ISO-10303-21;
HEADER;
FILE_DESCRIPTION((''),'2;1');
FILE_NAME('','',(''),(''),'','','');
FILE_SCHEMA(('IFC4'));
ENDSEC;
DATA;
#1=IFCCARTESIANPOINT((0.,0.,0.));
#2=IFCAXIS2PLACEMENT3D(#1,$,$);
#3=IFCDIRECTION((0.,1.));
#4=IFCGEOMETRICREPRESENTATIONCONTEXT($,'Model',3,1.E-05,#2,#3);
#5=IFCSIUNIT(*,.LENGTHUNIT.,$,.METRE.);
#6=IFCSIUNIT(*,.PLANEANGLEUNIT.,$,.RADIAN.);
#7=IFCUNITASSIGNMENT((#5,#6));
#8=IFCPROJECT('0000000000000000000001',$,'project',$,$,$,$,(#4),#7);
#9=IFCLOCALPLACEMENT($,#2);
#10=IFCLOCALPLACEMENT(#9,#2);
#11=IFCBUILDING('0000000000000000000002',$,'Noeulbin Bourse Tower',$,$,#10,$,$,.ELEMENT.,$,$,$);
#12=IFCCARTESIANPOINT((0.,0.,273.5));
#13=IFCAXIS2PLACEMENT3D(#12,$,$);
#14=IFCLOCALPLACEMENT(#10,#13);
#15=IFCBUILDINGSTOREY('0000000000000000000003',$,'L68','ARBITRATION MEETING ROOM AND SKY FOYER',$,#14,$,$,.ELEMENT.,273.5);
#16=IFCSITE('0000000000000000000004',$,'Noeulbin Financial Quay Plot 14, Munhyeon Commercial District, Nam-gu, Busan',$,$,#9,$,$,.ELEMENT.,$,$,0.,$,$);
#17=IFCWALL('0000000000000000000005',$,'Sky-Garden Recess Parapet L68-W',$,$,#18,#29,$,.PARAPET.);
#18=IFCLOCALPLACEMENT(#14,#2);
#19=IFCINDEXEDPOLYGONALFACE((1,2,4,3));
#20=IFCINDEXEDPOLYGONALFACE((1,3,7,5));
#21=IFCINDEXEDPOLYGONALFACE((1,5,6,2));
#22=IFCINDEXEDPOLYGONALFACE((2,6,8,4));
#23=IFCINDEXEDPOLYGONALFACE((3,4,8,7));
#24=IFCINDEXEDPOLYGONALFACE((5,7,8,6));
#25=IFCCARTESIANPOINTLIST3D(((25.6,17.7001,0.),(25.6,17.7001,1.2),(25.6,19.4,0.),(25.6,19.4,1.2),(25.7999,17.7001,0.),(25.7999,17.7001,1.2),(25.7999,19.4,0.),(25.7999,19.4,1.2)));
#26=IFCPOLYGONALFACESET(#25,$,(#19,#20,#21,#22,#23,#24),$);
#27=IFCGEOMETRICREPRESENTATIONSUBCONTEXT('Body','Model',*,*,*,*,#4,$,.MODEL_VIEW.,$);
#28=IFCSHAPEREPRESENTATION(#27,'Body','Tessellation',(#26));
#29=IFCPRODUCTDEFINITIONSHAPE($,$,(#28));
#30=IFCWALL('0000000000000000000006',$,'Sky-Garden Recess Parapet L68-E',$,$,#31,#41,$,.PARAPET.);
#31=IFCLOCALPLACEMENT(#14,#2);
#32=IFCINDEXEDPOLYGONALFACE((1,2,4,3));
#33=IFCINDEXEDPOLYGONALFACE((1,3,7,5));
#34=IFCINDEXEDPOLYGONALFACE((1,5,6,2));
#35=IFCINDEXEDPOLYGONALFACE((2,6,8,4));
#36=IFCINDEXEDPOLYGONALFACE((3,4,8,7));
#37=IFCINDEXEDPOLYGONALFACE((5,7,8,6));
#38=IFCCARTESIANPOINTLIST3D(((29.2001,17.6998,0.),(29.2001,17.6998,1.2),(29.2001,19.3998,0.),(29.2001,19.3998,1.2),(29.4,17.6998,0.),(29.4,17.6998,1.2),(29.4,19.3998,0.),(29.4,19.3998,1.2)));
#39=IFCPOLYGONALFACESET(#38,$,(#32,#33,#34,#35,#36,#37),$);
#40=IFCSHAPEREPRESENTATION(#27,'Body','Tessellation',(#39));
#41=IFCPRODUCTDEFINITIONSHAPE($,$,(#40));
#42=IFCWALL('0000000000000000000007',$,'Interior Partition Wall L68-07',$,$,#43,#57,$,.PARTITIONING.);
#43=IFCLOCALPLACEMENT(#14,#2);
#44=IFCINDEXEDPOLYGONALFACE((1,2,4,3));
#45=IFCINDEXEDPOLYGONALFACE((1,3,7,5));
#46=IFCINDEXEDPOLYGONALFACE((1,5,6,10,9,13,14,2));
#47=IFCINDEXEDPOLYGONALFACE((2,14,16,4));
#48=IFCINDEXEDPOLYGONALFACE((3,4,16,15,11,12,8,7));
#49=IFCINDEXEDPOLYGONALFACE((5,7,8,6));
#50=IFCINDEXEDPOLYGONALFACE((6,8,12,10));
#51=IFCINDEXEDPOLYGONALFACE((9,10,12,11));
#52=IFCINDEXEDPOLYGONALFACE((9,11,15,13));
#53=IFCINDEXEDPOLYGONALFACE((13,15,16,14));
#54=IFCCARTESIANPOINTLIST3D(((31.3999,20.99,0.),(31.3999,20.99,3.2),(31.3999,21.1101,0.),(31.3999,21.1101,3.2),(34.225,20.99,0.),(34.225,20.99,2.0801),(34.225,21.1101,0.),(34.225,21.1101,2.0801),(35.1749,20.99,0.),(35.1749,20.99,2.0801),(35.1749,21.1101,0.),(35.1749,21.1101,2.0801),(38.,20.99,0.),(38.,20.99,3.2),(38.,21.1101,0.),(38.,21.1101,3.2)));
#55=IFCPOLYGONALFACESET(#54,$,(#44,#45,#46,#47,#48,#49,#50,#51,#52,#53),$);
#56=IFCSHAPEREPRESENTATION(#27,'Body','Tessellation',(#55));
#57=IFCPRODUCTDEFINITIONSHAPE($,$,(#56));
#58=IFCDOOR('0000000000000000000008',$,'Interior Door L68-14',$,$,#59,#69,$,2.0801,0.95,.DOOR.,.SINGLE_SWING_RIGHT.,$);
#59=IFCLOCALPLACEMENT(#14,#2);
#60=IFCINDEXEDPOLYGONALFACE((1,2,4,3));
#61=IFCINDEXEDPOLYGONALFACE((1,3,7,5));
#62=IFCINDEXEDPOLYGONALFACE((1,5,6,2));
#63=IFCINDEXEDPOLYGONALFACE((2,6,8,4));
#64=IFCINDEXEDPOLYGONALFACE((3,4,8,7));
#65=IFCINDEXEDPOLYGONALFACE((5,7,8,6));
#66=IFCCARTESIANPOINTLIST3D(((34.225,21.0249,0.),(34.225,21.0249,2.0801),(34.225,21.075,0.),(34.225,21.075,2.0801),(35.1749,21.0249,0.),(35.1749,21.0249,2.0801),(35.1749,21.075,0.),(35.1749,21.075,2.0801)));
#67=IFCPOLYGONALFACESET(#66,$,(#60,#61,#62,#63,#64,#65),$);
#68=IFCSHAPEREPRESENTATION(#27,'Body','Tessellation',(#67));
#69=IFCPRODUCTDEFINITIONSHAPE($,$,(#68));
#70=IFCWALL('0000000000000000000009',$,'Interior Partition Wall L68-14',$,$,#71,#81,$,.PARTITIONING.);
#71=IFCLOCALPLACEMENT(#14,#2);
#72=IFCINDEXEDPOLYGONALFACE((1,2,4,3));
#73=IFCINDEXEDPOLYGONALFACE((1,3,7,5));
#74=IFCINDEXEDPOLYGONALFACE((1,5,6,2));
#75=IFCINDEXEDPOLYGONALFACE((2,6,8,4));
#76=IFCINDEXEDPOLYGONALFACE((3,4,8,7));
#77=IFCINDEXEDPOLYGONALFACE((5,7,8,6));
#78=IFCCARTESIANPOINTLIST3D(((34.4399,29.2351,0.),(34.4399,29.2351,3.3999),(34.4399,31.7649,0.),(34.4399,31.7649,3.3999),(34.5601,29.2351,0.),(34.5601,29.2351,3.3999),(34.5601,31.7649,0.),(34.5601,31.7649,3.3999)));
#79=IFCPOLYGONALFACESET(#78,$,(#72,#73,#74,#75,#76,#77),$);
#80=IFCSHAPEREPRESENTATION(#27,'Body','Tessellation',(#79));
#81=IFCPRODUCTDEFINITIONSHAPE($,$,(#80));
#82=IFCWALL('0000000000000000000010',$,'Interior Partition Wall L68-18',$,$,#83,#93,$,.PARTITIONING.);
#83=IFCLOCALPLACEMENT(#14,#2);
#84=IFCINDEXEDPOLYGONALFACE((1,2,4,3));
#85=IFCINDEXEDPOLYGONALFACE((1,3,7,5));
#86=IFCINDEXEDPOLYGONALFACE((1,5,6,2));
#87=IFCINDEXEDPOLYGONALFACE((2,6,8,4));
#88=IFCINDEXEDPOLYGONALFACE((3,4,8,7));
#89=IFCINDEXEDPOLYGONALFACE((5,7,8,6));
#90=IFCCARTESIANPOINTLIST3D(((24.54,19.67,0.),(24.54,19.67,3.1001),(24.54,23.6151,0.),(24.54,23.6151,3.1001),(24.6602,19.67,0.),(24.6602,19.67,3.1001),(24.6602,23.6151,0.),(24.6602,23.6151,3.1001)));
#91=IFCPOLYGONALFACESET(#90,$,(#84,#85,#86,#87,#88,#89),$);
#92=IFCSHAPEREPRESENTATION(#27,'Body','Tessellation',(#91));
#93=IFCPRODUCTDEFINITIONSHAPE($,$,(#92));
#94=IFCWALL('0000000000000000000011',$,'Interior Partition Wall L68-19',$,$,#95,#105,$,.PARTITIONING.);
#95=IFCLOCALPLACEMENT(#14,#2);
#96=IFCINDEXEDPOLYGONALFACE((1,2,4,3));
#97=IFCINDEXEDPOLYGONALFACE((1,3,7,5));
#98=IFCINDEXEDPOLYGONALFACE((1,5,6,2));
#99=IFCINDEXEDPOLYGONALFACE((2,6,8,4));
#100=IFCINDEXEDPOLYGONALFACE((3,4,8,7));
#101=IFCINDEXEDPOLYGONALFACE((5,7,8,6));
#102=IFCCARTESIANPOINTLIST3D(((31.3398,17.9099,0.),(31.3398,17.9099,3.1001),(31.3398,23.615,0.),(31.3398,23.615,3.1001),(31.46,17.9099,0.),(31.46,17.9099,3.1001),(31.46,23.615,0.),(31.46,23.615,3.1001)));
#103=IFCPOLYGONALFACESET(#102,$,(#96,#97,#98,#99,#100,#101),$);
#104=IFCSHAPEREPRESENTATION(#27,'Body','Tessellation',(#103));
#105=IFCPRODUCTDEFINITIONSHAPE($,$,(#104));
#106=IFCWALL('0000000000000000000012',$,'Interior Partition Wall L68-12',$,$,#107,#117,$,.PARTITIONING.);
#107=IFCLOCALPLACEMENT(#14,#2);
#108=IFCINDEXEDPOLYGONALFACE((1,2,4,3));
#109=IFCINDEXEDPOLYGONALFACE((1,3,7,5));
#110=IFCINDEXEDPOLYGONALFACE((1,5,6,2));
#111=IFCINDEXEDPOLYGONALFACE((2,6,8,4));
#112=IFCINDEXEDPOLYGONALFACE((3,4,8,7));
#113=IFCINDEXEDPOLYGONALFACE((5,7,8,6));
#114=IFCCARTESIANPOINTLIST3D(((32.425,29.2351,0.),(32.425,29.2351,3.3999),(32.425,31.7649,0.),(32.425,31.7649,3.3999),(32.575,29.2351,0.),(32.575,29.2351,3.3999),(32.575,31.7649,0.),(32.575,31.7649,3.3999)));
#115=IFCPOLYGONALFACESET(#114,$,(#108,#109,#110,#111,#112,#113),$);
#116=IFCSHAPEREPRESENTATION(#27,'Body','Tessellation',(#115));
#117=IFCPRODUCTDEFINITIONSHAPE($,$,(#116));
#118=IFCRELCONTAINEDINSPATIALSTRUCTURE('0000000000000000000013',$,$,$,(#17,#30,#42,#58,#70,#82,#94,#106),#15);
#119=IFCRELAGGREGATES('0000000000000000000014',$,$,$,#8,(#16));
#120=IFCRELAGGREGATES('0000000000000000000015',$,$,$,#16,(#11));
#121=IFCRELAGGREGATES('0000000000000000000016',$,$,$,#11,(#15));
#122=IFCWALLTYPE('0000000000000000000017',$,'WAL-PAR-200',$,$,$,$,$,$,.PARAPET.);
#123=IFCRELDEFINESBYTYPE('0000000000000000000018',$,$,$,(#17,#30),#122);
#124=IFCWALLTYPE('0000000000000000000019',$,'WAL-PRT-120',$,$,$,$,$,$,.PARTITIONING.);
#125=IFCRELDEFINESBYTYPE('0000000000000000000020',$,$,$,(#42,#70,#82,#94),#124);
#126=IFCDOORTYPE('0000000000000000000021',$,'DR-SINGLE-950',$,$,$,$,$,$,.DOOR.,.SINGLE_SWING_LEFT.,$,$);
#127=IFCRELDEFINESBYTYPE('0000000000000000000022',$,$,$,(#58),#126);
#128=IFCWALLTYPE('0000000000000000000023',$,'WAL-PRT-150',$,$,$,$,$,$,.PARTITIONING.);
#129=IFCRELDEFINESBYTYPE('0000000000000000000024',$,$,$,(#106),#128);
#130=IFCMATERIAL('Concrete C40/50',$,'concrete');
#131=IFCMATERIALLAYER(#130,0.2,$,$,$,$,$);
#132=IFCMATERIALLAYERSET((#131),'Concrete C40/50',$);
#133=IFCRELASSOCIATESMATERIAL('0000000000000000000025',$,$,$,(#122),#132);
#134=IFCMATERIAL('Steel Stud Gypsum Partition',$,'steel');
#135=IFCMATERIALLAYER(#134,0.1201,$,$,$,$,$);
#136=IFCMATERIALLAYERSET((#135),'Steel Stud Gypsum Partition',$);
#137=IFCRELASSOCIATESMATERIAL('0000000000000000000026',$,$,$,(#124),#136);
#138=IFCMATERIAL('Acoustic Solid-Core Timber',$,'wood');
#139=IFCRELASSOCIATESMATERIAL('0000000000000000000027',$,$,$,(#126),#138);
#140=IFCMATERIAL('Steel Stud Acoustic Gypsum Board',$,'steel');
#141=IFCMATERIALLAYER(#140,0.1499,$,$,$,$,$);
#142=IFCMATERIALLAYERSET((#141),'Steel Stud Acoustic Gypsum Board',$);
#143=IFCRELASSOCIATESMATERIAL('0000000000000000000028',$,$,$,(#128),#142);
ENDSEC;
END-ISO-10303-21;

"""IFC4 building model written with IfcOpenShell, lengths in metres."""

from ifc_helpers import new_model, si_unit, direction, frame, frame_2d, origin, place, context, subcontext, project, spatial, rectangle, extrude, material, layer, layer_set, type_object, element, fill, save


model = new_model("IFC4")

# Units and contexts
model_context = context("Model", 3, precision=1e-05, world=origin(), true_north=direction((0.0, 1.0)))
body_context = subcontext(model_context, "Body", "Model", "MODEL_VIEW")
ifc_project = project(units=[si_unit("LENGTHUNIT", "METRE"), si_unit("PLANEANGLEUNIT", "RADIAN")], contexts=[model_context])

# Site, building, storey
site_placement = place(None, origin())
site = spatial("IfcSite", under=ifc_project, at=site_placement, Name="Noeulbin Financial Quay Plot 14, Munhyeon Commercial District, Nam-gu, Busan", CompositionType="ELEMENT", RefElevation=0.0)
building_placement = place(site_placement, origin())
building = spatial("IfcBuilding", under=site, at=building_placement, Name="Noeulbin Bourse Tower", CompositionType="ELEMENT")
storey_placement = place(building_placement, frame((0.0, 0.0, 273.5)))
storey = spatial("IfcBuildingStorey", under=building, at=storey_placement, Name="L68", Description="ARBITRATION MEETING ROOM AND SKY FOYER", CompositionType="ELEMENT", Elevation=273.5)

# Walls
ifc_material_1 = material(Name="Concrete C40/50", Category="concrete")
ifc_layer_1 = layer(ifc_material_1, 0.2)
ifc_layer_set_1 = layer_set([ifc_layer_1], Name="Concrete C40/50")
wall_type_1 = type_object("IfcWallType", Name="WAL-PAR-200", PredefinedType="PARAPET", material=ifc_layer_set_1)
for number, where, z_axis, x_axis, name in (
    (1, (25.7, 17.7, 0.0), (0.0, 0.0, 1.0), (0.0, 1.0, 0.0), "Sky-Garden Recess Parapet L68-W"),
    (2, (29.3, 19.3999, 0.0), (0.0, 0.0, 1.0), (0.0, -1.0, 0.0), "Sky-Garden Recess Parapet L68-E"),
):
    element("IfcWall", number, at=place(storey_placement, frame(where, z_axis=z_axis, x_axis=x_axis)), inside=storey, type_object=wall_type_1, Name=name, PredefinedType="PARAPET", context=body_context, shape_type="SweptSolid", body=[
        extrude(rectangle(XDim=1.7, YDim=0.2, at=frame_2d((0.8501, 0.0))), origin(), (0.0, 0.0, 1.0), 1.2),
    ])

# Wall, opening, door
ifc_material_2 = material(Name="Steel Stud Gypsum Partition", Category="steel")
ifc_layer_2 = layer(ifc_material_2, 0.1201)
ifc_layer_set_2 = layer_set([ifc_layer_2], Name="Steel Stud Gypsum Partition")
wall_type_2 = type_object("IfcWallType", Name="WAL-PRT-120", PredefinedType="PARTITIONING", material=ifc_layer_set_2)
wall_1_placement = place(storey_placement, frame((31.3999, 21.05, 0.0), z_axis=(0.0, 0.0, 1.0), x_axis=(1.0, 0.0, 0.0)))
wall_1 = element("IfcWall", 3, at=wall_1_placement, inside=storey, type_object=wall_type_2, Name="Interior Partition Wall L68-07", PredefinedType="PARTITIONING", context=body_context, shape_type="SweptSolid", body=[
    extrude(rectangle(XDim=6.6001, YDim=0.1201, at=frame_2d((3.3, 0.0))), origin(), (0.0, 0.0, 1.0), 3.2),
])
opening_placement = place(wall_1_placement, frame((2.825, 0.0, 0.0)))
opening = element("IfcOpeningElement", 4, at=opening_placement, cuts=wall_1, PredefinedType="OPENING", context=body_context, shape_type="SweptSolid", body=[
    extrude(rectangle(XDim=0.95, YDim=2.0801, at=frame_2d((0.4751, 1.04))), frame((0.0, 0.0701, 0.0), z_axis=(0.0, -1.0, 0.0), x_axis=(1.0, 0.0, 0.0)), (0.0, 0.0, 1.0), 0.1401),
])
ifc_material_3 = material(Name="Acoustic Solid-Core Timber", Category="wood")
door_type = type_object("IfcDoorType", Name="DR-SINGLE-950", OperationType="SINGLE_SWING_LEFT", PredefinedType="DOOR", material=ifc_material_3)
door_placement = place(opening_placement, origin())
door = element("IfcDoor", 5, at=door_placement, inside=storey, type_object=door_type, Name="Interior Door L68-14", OperationType="SINGLE_SWING_RIGHT", OverallHeight=2.0801, OverallWidth=0.95, PredefinedType="DOOR", context=body_context, shape_type="SweptSolid", body=[
    extrude(rectangle(XDim=0.95, YDim=2.0801, at=frame_2d((0.4751, 1.04))), frame((0.0, 0.0249, 0.0), z_axis=(0.0, -1.0, 0.0), x_axis=(1.0, 0.0, 0.0)), (0.0, 0.0, 1.0), 0.05),
])
fill(opening, door)

# Walls
wall_2_placement = place(storey_placement, frame((34.5, 29.2351, 0.0), z_axis=(0.0, 0.0, 1.0), x_axis=(0.0, 1.0, 0.0)))
element("IfcWall", 6, at=wall_2_placement, inside=storey, type_object=wall_type_2, Name="Interior Partition Wall L68-14", PredefinedType="PARTITIONING", context=body_context, shape_type="SweptSolid", body=[
    extrude(rectangle(XDim=2.5298, YDim=0.1201, at=frame_2d((1.2649, 0.0))), origin(), (0.0, 0.0, 1.0), 3.3999),
])
wall_3_placement = place(storey_placement, frame((24.6001, 19.6699, 0.0), z_axis=(0.0, 0.0, 1.0), x_axis=(0.0, 1.0, 0.0)))
element("IfcWall", 7, at=wall_3_placement, inside=storey, type_object=wall_type_2, Name="Interior Partition Wall L68-18", PredefinedType="PARTITIONING", context=body_context, shape_type="SweptSolid", body=[
    extrude(rectangle(XDim=3.9451, YDim=0.1201, at=frame_2d((1.9727, 0.0))), origin(), (0.0, 0.0, 1.0), 3.1001),
])
wall_4_placement = place(storey_placement, frame((31.3999, 17.9099, 0.0), z_axis=(0.0, 0.0, 1.0), x_axis=(0.0, 1.0, 0.0)))
element("IfcWall", 8, at=wall_4_placement, inside=storey, type_object=wall_type_2, Name="Interior Partition Wall L68-19", PredefinedType="PARTITIONING", context=body_context, shape_type="SweptSolid", body=[
    extrude(rectangle(XDim=5.7051, YDim=0.1201, at=frame_2d((2.8525, 0.0))), origin(), (0.0, 0.0, 1.0), 3.1001),
])
ifc_material_4 = material(Name="Steel Stud Acoustic Gypsum Board", Category="steel")
ifc_layer_3 = layer(ifc_material_4, 0.1499)
ifc_layer_set_3 = layer_set([ifc_layer_3], Name="Steel Stud Acoustic Gypsum Board")
wall_type_3 = type_object("IfcWallType", Name="WAL-PRT-150", PredefinedType="PARTITIONING", material=ifc_layer_set_3)
wall_5_placement = place(storey_placement, frame((32.5, 29.2351, 0.0), z_axis=(0.0, 0.0, 1.0), x_axis=(0.0, 1.0, 0.0)))
element("IfcWall", 9, at=wall_5_placement, inside=storey, type_object=wall_type_3, Name="Interior Partition Wall L68-12", PredefinedType="PARTITIONING", context=body_context, shape_type="SweptSolid", body=[
    extrude(rectangle(XDim=2.5298, YDim=0.1499, at=frame_2d((1.2649, 0.0))), origin(), (0.0, 0.0, 1.0), 3.3999),
])

save(model, "model.ifc")
